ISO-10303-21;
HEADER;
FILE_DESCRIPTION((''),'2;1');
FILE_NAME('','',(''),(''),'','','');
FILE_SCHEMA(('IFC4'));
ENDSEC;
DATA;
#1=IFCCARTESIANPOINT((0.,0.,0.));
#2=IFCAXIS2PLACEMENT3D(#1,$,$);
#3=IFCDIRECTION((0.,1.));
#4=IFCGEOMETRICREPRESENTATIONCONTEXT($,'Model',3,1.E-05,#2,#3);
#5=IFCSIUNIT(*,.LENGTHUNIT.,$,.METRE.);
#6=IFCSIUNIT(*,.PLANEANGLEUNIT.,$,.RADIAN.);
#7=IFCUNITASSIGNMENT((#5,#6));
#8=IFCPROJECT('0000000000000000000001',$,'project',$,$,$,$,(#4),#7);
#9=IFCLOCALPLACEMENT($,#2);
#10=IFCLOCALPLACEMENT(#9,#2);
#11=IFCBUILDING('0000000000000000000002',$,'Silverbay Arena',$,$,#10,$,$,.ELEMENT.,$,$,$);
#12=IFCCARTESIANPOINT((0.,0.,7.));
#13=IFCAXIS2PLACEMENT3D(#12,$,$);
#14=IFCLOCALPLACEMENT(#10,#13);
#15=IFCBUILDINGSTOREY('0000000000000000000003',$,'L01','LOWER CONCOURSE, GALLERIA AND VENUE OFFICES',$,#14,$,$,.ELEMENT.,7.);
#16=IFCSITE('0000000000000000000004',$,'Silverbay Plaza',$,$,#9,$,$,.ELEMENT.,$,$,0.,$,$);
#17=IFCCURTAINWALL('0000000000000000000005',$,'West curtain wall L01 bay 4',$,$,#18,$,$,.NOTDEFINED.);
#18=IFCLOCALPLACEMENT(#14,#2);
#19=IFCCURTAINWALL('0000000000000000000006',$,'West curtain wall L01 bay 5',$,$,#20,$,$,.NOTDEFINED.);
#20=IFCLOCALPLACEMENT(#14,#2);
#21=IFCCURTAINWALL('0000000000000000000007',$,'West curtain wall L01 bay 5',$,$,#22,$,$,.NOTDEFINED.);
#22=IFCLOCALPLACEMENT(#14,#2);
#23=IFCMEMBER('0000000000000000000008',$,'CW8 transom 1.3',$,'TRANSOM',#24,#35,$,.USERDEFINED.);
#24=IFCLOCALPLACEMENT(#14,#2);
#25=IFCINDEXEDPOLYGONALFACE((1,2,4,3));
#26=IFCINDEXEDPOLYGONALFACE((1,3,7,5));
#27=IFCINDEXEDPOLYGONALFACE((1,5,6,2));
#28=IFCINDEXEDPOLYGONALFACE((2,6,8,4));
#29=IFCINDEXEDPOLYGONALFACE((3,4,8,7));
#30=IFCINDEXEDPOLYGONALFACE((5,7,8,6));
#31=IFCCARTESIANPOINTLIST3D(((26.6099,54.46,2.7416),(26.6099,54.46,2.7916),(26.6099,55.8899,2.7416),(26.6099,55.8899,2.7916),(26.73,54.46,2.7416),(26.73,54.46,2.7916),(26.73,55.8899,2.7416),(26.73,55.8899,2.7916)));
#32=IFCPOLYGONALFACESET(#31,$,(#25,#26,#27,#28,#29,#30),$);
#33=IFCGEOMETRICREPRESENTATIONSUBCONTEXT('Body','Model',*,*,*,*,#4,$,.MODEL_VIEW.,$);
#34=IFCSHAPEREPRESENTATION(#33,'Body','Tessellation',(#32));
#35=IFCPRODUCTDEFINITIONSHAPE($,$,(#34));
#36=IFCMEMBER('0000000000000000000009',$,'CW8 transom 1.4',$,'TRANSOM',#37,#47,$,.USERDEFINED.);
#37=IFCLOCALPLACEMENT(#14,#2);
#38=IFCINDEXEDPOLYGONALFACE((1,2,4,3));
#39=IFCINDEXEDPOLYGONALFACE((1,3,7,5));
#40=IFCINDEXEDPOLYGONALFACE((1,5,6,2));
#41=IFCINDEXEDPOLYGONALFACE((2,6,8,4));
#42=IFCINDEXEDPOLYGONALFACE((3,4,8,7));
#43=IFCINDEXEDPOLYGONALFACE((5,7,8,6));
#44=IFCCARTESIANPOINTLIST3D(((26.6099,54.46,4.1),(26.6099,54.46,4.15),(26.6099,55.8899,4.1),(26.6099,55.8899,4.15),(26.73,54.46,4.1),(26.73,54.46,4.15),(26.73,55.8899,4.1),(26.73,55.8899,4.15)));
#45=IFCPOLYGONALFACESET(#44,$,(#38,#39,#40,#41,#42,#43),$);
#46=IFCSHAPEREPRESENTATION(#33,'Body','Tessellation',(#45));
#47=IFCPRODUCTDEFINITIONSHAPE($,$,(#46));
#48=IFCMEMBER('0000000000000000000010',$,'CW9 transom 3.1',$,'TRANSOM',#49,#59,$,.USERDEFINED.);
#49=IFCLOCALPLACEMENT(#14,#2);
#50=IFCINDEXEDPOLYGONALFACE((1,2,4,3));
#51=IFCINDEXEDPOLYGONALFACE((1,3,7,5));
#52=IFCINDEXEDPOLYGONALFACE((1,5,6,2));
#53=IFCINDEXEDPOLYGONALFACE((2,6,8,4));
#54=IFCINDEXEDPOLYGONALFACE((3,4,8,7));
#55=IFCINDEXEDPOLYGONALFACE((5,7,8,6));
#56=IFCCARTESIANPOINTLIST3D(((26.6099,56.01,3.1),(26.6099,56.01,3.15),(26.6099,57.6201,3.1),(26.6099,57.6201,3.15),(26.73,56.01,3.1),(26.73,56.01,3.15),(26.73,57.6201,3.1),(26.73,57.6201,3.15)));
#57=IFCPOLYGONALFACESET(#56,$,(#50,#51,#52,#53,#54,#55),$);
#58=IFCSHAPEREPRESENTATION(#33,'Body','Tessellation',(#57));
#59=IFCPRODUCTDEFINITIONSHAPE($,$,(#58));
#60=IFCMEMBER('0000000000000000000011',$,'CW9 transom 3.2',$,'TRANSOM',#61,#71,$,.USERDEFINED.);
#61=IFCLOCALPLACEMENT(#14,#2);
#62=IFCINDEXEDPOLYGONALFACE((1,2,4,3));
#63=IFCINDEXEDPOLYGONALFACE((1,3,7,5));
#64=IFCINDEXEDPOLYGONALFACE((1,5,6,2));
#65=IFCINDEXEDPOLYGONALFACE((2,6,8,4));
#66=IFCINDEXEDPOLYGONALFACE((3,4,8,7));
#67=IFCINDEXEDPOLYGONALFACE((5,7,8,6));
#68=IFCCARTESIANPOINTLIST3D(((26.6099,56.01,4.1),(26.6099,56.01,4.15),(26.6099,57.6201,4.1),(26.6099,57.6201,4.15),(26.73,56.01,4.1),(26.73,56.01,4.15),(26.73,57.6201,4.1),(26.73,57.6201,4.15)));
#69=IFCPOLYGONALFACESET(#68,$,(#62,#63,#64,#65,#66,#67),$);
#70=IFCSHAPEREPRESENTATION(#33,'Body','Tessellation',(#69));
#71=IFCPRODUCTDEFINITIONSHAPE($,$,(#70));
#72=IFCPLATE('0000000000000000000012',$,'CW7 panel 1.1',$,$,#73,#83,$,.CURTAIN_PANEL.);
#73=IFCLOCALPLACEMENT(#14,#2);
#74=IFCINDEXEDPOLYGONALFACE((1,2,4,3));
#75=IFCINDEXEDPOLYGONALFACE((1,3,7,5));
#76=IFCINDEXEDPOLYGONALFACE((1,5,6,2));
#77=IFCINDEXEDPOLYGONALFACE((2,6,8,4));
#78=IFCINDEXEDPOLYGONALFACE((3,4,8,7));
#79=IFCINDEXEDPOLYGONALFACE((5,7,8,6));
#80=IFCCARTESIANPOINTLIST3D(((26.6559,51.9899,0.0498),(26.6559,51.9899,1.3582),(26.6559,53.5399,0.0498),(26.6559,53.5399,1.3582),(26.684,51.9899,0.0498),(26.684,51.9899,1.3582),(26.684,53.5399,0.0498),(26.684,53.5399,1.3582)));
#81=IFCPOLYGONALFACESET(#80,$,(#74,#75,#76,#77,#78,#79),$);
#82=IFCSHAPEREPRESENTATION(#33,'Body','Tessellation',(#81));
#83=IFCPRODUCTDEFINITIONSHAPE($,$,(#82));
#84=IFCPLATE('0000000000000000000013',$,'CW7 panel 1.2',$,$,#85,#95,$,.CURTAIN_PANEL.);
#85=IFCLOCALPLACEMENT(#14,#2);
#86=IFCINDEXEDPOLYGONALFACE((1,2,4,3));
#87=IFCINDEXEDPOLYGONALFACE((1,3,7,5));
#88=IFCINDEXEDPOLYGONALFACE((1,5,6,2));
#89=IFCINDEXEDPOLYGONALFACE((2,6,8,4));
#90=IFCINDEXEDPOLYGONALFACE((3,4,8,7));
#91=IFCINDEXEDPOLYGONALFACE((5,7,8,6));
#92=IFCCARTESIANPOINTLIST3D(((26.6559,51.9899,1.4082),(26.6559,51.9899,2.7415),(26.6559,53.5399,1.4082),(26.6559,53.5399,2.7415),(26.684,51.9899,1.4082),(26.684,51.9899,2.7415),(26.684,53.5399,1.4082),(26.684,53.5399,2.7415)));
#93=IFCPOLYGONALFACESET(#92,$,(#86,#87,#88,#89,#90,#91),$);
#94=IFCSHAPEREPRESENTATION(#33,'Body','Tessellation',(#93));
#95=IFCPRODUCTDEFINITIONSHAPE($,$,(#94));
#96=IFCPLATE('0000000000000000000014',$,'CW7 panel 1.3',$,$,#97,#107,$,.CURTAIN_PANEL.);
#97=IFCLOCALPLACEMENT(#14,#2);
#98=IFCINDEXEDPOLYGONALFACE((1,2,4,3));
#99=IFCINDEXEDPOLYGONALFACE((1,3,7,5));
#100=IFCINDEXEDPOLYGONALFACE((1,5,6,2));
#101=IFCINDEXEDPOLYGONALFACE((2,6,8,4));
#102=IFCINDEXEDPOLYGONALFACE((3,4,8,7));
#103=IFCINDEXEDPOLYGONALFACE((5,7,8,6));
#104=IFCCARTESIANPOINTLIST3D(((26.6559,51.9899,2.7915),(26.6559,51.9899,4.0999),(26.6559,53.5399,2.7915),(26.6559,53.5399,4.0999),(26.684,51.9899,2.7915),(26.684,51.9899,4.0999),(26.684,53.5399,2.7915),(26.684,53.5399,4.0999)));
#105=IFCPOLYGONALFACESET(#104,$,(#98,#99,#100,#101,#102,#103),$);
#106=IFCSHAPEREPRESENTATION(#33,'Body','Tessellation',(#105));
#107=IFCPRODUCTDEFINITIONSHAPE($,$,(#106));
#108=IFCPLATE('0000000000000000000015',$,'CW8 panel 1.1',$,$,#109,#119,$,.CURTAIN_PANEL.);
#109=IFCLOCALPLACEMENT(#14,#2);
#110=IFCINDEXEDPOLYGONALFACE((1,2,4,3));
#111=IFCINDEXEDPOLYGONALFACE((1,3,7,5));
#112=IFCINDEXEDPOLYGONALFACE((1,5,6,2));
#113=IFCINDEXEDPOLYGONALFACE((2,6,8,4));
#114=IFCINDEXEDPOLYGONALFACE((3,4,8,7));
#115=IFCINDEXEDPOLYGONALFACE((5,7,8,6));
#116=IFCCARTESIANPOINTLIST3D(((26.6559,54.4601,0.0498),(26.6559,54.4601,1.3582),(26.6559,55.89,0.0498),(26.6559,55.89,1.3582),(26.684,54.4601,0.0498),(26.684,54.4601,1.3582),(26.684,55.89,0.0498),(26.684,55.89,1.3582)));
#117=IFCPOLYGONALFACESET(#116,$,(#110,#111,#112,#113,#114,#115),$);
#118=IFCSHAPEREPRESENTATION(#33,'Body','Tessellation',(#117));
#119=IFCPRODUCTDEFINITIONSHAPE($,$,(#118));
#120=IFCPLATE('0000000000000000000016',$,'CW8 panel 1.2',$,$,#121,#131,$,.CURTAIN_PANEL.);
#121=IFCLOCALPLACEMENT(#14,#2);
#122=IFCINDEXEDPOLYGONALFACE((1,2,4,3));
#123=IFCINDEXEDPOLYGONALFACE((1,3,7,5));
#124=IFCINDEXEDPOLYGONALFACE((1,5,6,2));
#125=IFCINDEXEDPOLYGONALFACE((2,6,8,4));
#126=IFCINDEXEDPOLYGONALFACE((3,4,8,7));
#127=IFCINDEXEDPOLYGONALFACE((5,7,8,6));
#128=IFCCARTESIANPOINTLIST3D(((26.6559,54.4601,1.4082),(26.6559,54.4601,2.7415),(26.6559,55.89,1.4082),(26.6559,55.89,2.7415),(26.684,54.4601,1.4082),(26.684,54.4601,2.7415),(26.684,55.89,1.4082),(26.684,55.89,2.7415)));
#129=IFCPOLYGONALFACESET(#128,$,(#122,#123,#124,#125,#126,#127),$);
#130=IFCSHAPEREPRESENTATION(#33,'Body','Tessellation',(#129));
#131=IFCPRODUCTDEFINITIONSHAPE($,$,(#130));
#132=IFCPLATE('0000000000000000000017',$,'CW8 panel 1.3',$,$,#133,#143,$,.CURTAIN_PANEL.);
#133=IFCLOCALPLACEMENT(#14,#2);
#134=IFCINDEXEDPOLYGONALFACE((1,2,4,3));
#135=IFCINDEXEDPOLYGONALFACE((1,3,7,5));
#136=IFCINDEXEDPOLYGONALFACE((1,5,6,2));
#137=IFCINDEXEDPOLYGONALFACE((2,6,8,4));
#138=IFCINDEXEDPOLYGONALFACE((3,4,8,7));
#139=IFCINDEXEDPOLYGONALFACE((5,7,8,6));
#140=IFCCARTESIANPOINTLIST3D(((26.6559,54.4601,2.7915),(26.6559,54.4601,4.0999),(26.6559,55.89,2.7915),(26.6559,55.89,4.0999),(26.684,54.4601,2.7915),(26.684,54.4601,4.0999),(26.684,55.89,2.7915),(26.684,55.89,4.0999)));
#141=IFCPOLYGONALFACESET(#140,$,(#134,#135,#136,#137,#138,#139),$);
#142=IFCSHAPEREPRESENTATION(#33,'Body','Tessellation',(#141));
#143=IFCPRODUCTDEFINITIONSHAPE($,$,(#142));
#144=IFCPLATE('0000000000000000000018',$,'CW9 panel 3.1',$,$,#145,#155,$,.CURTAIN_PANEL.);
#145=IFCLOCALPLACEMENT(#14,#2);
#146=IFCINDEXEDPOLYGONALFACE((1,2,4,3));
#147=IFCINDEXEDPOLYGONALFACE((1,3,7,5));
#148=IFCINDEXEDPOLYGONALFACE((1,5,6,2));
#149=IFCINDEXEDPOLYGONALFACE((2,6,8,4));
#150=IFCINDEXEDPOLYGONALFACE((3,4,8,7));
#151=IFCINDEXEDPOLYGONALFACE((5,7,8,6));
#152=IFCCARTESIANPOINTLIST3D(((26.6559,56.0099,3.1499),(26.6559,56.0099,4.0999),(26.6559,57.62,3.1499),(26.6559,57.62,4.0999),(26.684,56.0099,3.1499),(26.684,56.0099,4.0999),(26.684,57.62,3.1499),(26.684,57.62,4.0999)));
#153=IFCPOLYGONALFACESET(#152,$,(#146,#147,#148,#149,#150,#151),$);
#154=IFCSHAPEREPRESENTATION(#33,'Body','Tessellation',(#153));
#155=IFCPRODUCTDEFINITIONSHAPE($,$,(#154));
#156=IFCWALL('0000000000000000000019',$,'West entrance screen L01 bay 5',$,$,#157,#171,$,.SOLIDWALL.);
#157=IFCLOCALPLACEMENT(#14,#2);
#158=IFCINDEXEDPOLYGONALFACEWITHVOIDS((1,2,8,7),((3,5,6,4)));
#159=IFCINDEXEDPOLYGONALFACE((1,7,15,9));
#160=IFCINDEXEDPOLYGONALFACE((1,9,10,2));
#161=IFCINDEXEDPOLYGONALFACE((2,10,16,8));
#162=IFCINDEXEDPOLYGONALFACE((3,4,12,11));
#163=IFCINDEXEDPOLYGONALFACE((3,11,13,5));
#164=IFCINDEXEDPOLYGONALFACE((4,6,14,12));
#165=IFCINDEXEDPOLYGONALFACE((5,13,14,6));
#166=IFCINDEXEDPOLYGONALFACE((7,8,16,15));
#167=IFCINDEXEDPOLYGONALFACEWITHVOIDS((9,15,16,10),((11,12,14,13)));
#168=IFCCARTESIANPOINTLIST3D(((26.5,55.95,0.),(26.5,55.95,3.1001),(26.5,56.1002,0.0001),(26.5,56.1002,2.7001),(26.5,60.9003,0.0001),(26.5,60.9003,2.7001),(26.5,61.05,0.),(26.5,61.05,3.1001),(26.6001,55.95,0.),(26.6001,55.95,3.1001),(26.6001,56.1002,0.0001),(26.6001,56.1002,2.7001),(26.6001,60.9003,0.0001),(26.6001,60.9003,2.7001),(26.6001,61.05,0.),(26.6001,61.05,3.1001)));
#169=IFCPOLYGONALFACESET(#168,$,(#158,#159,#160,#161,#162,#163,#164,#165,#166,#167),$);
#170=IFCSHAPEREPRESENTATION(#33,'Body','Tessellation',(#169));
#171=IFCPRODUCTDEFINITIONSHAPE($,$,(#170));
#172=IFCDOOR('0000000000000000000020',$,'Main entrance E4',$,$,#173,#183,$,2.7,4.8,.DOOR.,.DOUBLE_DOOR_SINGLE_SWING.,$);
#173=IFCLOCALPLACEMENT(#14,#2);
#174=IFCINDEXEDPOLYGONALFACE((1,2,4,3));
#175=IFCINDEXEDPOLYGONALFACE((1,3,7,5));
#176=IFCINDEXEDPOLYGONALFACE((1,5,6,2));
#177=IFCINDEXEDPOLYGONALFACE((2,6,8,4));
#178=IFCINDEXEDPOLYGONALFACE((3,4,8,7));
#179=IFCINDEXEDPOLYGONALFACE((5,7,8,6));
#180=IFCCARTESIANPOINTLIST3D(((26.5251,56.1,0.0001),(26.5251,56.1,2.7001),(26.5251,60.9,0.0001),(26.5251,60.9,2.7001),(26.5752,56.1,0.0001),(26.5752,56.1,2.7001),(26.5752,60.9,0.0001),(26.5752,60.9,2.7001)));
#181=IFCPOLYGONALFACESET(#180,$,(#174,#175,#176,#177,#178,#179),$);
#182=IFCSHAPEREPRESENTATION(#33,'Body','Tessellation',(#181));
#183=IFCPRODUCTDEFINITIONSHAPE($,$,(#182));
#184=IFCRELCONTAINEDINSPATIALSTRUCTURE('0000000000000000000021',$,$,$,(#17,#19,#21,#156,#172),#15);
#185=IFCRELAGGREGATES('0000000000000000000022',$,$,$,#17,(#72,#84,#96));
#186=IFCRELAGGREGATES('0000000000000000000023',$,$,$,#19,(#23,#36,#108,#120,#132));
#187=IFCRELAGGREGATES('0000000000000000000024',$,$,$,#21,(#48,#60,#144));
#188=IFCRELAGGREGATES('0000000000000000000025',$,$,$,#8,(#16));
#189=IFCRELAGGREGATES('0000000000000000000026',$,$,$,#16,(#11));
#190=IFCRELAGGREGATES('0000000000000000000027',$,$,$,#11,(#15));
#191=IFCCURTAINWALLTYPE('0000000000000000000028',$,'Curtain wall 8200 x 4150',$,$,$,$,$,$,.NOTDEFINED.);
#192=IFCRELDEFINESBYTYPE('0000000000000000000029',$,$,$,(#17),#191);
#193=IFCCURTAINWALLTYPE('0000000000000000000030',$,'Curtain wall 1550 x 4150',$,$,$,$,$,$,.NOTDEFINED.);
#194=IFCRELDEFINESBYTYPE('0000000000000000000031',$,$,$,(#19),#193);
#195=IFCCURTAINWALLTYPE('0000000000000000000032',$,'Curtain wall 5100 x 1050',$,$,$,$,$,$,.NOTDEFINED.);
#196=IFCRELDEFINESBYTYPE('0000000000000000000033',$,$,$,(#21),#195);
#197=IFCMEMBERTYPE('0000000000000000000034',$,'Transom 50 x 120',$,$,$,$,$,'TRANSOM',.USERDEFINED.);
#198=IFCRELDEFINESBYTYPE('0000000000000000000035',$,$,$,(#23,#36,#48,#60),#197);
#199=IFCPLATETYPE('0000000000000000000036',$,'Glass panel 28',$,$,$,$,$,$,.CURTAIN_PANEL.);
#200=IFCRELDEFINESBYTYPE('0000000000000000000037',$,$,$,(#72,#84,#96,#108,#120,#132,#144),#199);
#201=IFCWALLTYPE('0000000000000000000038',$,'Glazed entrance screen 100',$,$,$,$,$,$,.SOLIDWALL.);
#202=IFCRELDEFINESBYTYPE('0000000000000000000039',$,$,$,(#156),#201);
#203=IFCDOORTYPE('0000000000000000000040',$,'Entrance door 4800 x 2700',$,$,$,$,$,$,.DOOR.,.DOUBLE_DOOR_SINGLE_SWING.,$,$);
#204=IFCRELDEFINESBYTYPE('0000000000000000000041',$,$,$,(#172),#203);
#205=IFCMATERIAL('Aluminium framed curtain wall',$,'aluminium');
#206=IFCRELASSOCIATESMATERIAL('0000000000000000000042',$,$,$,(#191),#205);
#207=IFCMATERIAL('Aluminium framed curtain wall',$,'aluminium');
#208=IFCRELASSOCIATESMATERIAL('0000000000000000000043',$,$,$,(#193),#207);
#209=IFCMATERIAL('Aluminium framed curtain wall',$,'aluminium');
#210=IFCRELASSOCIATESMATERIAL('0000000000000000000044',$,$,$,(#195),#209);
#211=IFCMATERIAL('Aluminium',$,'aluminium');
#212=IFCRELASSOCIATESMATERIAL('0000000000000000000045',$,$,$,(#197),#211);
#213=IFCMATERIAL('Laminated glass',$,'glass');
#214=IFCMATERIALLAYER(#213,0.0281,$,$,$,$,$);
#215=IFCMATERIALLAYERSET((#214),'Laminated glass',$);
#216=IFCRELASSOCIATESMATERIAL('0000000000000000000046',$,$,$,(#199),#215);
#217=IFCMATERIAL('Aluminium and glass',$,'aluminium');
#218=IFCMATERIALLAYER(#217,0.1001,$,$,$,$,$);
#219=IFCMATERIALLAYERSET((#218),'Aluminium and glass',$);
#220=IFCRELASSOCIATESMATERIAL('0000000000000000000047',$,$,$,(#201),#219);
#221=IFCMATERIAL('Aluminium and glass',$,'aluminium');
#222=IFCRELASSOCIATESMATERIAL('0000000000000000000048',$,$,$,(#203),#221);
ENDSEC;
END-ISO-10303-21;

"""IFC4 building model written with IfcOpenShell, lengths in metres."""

from ifc_helpers import new_model, si_unit, direction, frame, frame_2d, origin, origin_2d, place, context, subcontext, project, spatial, rectangle, extrude, material, layer, layer_set, material_profile, profile_set, type_object, element, fill, aggregate, save


model = new_model("IFC4")

# Units and contexts
model_context = context("Model", 3, precision=1e-05, world=origin(), true_north=direction((0.0, 1.0)))
body_context = subcontext(model_context, "Body", "Model", "MODEL_VIEW")
ifc_project = project(units=[si_unit("LENGTHUNIT", "METRE"), si_unit("PLANEANGLEUNIT", "RADIAN")], contexts=[model_context])

# Site, building, storey
site_placement = place(None, origin())
site = spatial("IfcSite", under=ifc_project, at=site_placement, Name="Silverbay Plaza", CompositionType="ELEMENT", RefElevation=0.0)
building_placement = place(site_placement, origin())
building = spatial("IfcBuilding", under=site, at=building_placement, Name="Silverbay Arena", CompositionType="ELEMENT")
storey_placement = place(building_placement, frame((0.0, 0.0, 7.0)))
storey = spatial("IfcBuildingStorey", under=building, at=storey_placement, Name="L01", Description="LOWER CONCOURSE, GALLERIA AND VENUE OFFICES", CompositionType="ELEMENT", Elevation=7.0)

# Curtain walls
ifc_material_1 = material(Name="Aluminium framed curtain wall", Category="aluminium")
curtain_wall_type_1 = type_object("IfcCurtainWallType", Name="Curtain wall 8200 x 4150", PredefinedType="NOTDEFINED", material=ifc_material_1)
curtain_wall_1_placement = place(storey_placement, origin())
curtain_wall_1 = element("IfcCurtainWall", 1, at=curtain_wall_1_placement, inside=storey, type_object=curtain_wall_type_1, Name="West curtain wall L01 bay 4", PredefinedType="NOTDEFINED")
ifc_material_2 = material(Name="Aluminium framed curtain wall", Category="aluminium")
curtain_wall_type_2 = type_object("IfcCurtainWallType", Name="Curtain wall 1550 x 4150", PredefinedType="NOTDEFINED", material=ifc_material_2)
curtain_wall_2_placement = place(storey_placement, origin())
curtain_wall_2 = element("IfcCurtainWall", 2, at=curtain_wall_2_placement, inside=storey, type_object=curtain_wall_type_2, Name="West curtain wall L01 bay 5", PredefinedType="NOTDEFINED")
ifc_material_3 = material(Name="Aluminium framed curtain wall", Category="aluminium")
curtain_wall_type_3 = type_object("IfcCurtainWallType", Name="Curtain wall 5100 x 1050", PredefinedType="NOTDEFINED", material=ifc_material_3)
curtain_wall_3_placement = place(storey_placement, origin())
curtain_wall_3 = element("IfcCurtainWall", 3, at=curtain_wall_3_placement, inside=storey, type_object=curtain_wall_type_3, Name="West curtain wall L01 bay 5", PredefinedType="NOTDEFINED")

# Members
ifc_material_4 = material(Name="Aluminium", Category="aluminium")
ifc_material_profile_1 = material_profile(ifc_material_4, rectangle(XDim=0.1201, YDim=0.05, at=origin_2d()), Name="Transom 50 x 120")
ifc_profile_set_1 = profile_set([ifc_material_profile_1], Name="Aluminium")
member_type_1 = type_object("IfcMemberType", Name="Transom 50 x 120", ElementType="TRANSOM", PredefinedType="USERDEFINED", material=ifc_profile_set_1)
member_1_placement = place(storey_placement, frame((26.6699, 55.8899, 2.7666), z_axis=(0.0, -1.0, 0.0), x_axis=(1.0, 0.0, 0.0)))
member_1 = element("IfcMember", 4, at=member_1_placement, type_object=member_type_1, Name="CW8 transom 1.3", ObjectType="TRANSOM", PredefinedType="USERDEFINED", context=body_context, shape_type="SweptSolid", body=[
    extrude(rectangle(XDim=0.1201, YDim=0.05, at=origin_2d()), origin(), (0.0, 0.0, 1.0), 1.4299),
])
member_2_placement = place(storey_placement, frame((26.6699, 55.8899, 4.125), z_axis=(0.0, -1.0, 0.0), x_axis=(1.0, 0.0, 0.0)))
member_2 = element("IfcMember", 5, at=member_2_placement, type_object=member_type_1, Name="CW8 transom 1.4", ObjectType="TRANSOM", PredefinedType="USERDEFINED", context=body_context, shape_type="SweptSolid", body=[
    extrude(rectangle(XDim=0.1201, YDim=0.05, at=origin_2d()), origin(), (0.0, 0.0, 1.0), 1.4299),
])
member_3_placement = place(storey_placement, frame((26.6699, 57.6201, 3.125), z_axis=(0.0, -1.0, 0.0), x_axis=(1.0, 0.0, 0.0)))
member_3 = element("IfcMember", 6, at=member_3_placement, type_object=member_type_1, Name="CW9 transom 3.1", ObjectType="TRANSOM", PredefinedType="USERDEFINED", context=body_context, shape_type="SweptSolid", body=[
    extrude(rectangle(XDim=0.1201, YDim=0.05, at=origin_2d()), origin(), (0.0, 0.0, 1.0), 1.6101),
])
member_4_placement = place(storey_placement, frame((26.6699, 57.6201, 4.125), z_axis=(0.0, -1.0, 0.0), x_axis=(1.0, 0.0, 0.0)))
member_4 = element("IfcMember", 7, at=member_4_placement, type_object=member_type_1, Name="CW9 transom 3.2", ObjectType="TRANSOM", PredefinedType="USERDEFINED", context=body_context, shape_type="SweptSolid", body=[
    extrude(rectangle(XDim=0.1201, YDim=0.05, at=origin_2d()), origin(), (0.0, 0.0, 1.0), 1.6101),
])

# Plates
ifc_material_5 = material(Name="Laminated glass", Category="glass")
ifc_layer_1 = layer(ifc_material_5, 0.0281)
ifc_layer_set_1 = layer_set([ifc_layer_1], Name="Laminated glass")
plate_type = type_object("IfcPlateType", Name="Glass panel 28", PredefinedType="CURTAIN_PANEL", material=ifc_layer_set_1)
plate_1_placement = place(storey_placement, frame((26.6699, 52.7649, 0.0498), z_axis=(0.0, 0.0, 1.0), x_axis=(0.0, -1.0, 0.0)))
plate_1 = element("IfcPlate", 8, at=plate_1_placement, type_object=plate_type, Name="CW7 panel 1.1", PredefinedType="CURTAIN_PANEL", context=body_context, shape_type="SweptSolid", body=[
    extrude(rectangle(XDim=1.55, YDim=0.0281, at=origin_2d()), origin(), (0.0, 0.0, 1.0), 1.3083),
])
plate_2_placement = place(storey_placement, frame((26.6699, 52.7649, 1.4082), z_axis=(0.0, 0.0, 1.0), x_axis=(0.0, -1.0, 0.0)))
plate_2 = element("IfcPlate", 9, at=plate_2_placement, type_object=plate_type, Name="CW7 panel 1.2", PredefinedType="CURTAIN_PANEL", context=body_context, shape_type="SweptSolid", body=[
    extrude(rectangle(XDim=1.55, YDim=0.0281, at=origin_2d()), origin(), (0.0, 0.0, 1.0), 1.3333),
])
plate_3_placement = place(storey_placement, frame((26.6699, 52.7649, 2.7915), z_axis=(0.0, 0.0, 1.0), x_axis=(0.0, -1.0, 0.0)))
plate_3 = element("IfcPlate", 10, at=plate_3_placement, type_object=plate_type, Name="CW7 panel 1.3", PredefinedType="CURTAIN_PANEL", context=body_context, shape_type="SweptSolid", body=[
    extrude(rectangle(XDim=1.55, YDim=0.0281, at=origin_2d()), origin(), (0.0, 0.0, 1.0), 1.3083),
])
aggregate(curtain_wall_1, [plate_1, plate_2, plate_3])
plate_4_placement = place(storey_placement, frame((26.6699, 55.175, 0.0498), z_axis=(0.0, 0.0, 1.0), x_axis=(0.0, -1.0, 0.0)))
plate_4 = element("IfcPlate", 11, at=plate_4_placement, type_object=plate_type, Name="CW8 panel 1.1", PredefinedType="CURTAIN_PANEL", context=body_context, shape_type="SweptSolid", body=[
    extrude(rectangle(XDim=1.4299, YDim=0.0281, at=origin_2d()), origin(), (0.0, 0.0, 1.0), 1.3083),
])
plate_5_placement = place(storey_placement, frame((26.6699, 55.175, 1.4082), z_axis=(0.0, 0.0, 1.0), x_axis=(0.0, -1.0, 0.0)))
plate_5 = element("IfcPlate", 12, at=plate_5_placement, type_object=plate_type, Name="CW8 panel 1.2", PredefinedType="CURTAIN_PANEL", context=body_context, shape_type="SweptSolid", body=[
    extrude(rectangle(XDim=1.4299, YDim=0.0281, at=origin_2d()), origin(), (0.0, 0.0, 1.0), 1.3333),
])
plate_6_placement = place(storey_placement, frame((26.6699, 55.175, 2.7915), z_axis=(0.0, 0.0, 1.0), x_axis=(0.0, -1.0, 0.0)))
plate_6 = element("IfcPlate", 13, at=plate_6_placement, type_object=plate_type, Name="CW8 panel 1.3", PredefinedType="CURTAIN_PANEL", context=body_context, shape_type="SweptSolid", body=[
    extrude(rectangle(XDim=1.4299, YDim=0.0281, at=origin_2d()), origin(), (0.0, 0.0, 1.0), 1.3083),
])
aggregate(curtain_wall_2, [member_1, member_2, plate_4, plate_5, plate_6])
plate_7_placement = place(storey_placement, frame((26.6699, 56.8149, 3.1499), z_axis=(0.0, 0.0, 1.0), x_axis=(0.0, -1.0, 0.0)))
plate_7 = element("IfcPlate", 14, at=plate_7_placement, type_object=plate_type, Name="CW9 panel 3.1", PredefinedType="CURTAIN_PANEL", context=body_context, shape_type="SweptSolid", body=[
    extrude(rectangle(XDim=1.6101, YDim=0.0281, at=origin_2d()), origin(), (0.0, 0.0, 1.0), 0.95),
])
aggregate(curtain_wall_3, [member_3, member_4, plate_7])

# Wall, opening, door
ifc_material_6 = material(Name="Aluminium and glass", Category="aluminium")
ifc_layer_2 = layer(ifc_material_6, 0.1001)
ifc_layer_set_2 = layer_set([ifc_layer_2], Name="Aluminium and glass")
wall_type = type_object("IfcWallType", Name="Glazed entrance screen 100", PredefinedType="SOLIDWALL", material=ifc_layer_set_2)
wall_placement = place(storey_placement, frame((26.55, 61.05, 0.0), z_axis=(0.0, 0.0, 1.0), x_axis=(0.0, -1.0, 0.0)))
wall = element("IfcWall", 15, at=wall_placement, inside=storey, type_object=wall_type, Name="West entrance screen L01 bay 5", PredefinedType="SOLIDWALL", context=body_context, shape_type="SweptSolid", body=[
    extrude(rectangle(XDim=5.1001, YDim=0.1001, at=frame_2d((2.55, 0.0))), origin(), (0.0, 0.0, 1.0), 3.1001),
])
opening_placement = place(wall_placement, frame((0.1499, 0.0, 0.0)))
opening = element("IfcOpeningElement", 16, at=opening_placement, cuts=wall, PredefinedType="OPENING", context=body_context, shape_type="SweptSolid", body=[
    extrude(rectangle(XDim=4.8, YDim=2.7, at=frame_2d((2.3999, 1.3501))), frame((0.0, 0.0601, 0.0), z_axis=(0.0, -1.0, 0.0), x_axis=(1.0, 0.0, 0.0)), (0.0, 0.0, 1.0), 0.1201),
])
ifc_material_7 = material(Name="Aluminium and glass", Category="aluminium")
door_type = type_object("IfcDoorType", Name="Entrance door 4800 x 2700", OperationType="DOUBLE_DOOR_SINGLE_SWING", PredefinedType="DOOR", material=ifc_material_7)
door_placement = place(opening_placement, frame((4.8, 0.0, 0.0), z_axis=(0.0, 0.0, 1.0), x_axis=(-1.0, 0.0, 0.0)))
door = element("IfcDoor", 17, at=door_placement, inside=storey, type_object=door_type, Name="Main entrance E4", OperationType="DOUBLE_DOOR_SINGLE_SWING", OverallHeight=2.7, OverallWidth=4.8, PredefinedType="DOOR", context=body_context, shape_type="SweptSolid", body=[
    extrude(rectangle(XDim=4.8, YDim=2.7, at=frame_2d((2.3999, 1.3501))), frame((0.0, 0.0249, 0.0), z_axis=(0.0, -1.0, 0.0), x_axis=(1.0, 0.0, 0.0)), (0.0, 0.0, 1.0), 0.05),
])
fill(opening, door)

save(model, "model.ifc")
